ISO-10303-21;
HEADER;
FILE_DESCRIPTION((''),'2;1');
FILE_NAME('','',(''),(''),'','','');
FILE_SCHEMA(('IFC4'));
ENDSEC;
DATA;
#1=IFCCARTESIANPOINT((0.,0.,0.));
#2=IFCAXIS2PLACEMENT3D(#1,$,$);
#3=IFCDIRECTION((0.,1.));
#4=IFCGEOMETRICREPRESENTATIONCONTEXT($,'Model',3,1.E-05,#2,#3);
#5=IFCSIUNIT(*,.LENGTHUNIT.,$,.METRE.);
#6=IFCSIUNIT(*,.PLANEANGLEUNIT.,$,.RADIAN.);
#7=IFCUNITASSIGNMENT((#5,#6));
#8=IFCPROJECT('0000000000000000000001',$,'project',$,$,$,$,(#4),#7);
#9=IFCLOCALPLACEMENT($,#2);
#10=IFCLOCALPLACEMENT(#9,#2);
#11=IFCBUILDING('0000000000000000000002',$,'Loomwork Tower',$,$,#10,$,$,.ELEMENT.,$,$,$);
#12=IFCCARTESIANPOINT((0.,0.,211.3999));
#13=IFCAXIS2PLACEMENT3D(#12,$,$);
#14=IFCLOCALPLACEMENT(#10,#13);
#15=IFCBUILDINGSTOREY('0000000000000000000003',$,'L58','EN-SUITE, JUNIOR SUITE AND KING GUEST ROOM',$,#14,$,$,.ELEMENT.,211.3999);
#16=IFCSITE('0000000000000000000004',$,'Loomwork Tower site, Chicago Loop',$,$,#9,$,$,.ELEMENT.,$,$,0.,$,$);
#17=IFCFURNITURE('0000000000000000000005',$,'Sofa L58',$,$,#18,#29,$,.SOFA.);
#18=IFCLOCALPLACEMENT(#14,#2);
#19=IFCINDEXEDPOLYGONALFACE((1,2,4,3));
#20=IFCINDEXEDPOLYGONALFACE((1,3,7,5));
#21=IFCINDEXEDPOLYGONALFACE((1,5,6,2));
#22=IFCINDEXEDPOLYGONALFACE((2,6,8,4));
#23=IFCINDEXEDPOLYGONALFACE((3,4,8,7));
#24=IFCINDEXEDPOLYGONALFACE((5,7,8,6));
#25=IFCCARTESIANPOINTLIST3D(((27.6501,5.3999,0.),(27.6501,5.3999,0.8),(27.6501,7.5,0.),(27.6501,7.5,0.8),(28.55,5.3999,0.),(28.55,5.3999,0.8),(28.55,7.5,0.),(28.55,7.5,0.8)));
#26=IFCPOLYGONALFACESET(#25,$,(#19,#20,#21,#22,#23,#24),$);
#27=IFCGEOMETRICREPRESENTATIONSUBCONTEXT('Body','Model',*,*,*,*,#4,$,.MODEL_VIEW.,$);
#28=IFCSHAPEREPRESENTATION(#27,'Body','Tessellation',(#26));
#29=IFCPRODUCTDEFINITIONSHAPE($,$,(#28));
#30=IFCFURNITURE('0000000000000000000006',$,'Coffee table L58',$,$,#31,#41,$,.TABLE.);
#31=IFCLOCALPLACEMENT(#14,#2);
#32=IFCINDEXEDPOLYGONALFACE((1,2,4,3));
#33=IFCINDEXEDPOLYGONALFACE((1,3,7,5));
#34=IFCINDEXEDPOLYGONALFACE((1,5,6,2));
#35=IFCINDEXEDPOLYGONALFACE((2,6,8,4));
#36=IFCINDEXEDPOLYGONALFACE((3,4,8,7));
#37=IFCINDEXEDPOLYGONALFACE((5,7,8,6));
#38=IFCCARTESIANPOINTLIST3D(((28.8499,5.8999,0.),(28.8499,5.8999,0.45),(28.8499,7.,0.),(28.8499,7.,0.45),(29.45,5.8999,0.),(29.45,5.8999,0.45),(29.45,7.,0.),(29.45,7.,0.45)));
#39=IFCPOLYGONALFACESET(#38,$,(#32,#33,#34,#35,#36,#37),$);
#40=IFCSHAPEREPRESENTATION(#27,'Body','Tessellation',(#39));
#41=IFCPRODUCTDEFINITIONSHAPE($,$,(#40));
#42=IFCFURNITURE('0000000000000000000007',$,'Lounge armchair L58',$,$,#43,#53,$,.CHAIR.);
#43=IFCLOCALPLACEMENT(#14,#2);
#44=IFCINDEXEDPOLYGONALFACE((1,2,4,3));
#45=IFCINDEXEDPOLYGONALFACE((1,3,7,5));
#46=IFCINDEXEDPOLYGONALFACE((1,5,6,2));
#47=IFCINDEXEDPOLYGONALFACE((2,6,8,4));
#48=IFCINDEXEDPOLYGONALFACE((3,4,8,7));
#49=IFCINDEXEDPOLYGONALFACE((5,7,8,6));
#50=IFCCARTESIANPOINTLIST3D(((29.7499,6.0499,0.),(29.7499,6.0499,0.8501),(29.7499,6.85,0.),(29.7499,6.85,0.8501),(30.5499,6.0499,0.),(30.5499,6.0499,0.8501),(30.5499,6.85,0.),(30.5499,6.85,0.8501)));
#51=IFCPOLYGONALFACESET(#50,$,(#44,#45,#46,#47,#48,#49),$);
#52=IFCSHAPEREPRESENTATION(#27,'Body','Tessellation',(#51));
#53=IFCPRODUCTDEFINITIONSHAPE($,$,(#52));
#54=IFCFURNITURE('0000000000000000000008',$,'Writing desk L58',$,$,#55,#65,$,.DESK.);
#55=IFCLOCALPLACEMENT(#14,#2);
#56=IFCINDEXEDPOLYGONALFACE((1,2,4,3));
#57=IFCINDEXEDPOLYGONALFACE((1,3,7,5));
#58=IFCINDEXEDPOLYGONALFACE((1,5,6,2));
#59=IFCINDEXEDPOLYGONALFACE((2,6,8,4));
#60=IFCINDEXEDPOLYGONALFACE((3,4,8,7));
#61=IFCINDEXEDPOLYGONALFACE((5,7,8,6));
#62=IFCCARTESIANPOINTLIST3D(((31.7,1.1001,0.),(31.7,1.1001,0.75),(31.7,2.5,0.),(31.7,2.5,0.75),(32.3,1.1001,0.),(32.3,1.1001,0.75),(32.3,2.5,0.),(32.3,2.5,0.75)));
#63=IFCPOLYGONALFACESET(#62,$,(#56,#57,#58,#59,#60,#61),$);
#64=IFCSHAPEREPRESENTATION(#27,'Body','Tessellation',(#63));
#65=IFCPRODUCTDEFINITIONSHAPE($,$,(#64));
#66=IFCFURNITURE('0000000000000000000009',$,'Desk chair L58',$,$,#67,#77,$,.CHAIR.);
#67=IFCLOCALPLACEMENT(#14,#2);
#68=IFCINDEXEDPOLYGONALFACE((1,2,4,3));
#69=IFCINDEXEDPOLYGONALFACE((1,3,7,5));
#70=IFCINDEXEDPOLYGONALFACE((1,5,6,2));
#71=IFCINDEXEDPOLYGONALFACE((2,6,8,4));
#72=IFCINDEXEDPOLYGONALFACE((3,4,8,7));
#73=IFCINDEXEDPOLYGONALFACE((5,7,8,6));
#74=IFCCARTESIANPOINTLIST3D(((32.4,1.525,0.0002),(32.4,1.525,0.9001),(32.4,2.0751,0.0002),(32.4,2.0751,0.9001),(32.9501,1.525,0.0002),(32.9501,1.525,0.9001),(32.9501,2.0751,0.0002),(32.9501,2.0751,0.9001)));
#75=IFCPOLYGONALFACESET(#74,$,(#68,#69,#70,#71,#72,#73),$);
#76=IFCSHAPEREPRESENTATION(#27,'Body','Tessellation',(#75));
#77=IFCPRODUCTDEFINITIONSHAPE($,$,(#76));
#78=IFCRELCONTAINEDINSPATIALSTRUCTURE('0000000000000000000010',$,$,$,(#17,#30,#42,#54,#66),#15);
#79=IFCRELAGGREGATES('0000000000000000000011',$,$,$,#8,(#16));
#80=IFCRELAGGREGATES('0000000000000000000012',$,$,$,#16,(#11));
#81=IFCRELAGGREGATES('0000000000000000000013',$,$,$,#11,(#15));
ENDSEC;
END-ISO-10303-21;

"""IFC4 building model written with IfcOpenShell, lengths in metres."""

from ifc_helpers import new_model, si_unit, direction, frame, origin, origin_2d, place, context, subcontext, project, spatial, rectangle, extrude, element, save


model = new_model("IFC4")

# Units and contexts
model_context = context("Model", 3, precision=1e-05, world=origin(), true_north=direction((0.0, 1.0)))
body_context = subcontext(model_context, "Body", "Model", "MODEL_VIEW")
ifc_project = project(units=[si_unit("LENGTHUNIT", "METRE"), si_unit("PLANEANGLEUNIT", "RADIAN")], contexts=[model_context])

# Site, building, storey
site_placement = place(None, origin())
site = spatial("IfcSite", under=ifc_project, at=site_placement, Name="Loomwork Tower site, Chicago Loop", CompositionType="ELEMENT", RefElevation=0.0)
building_placement = place(site_placement, origin())
building = spatial("IfcBuilding", under=site, at=building_placement, Name="Loomwork Tower", CompositionType="ELEMENT")
storey_placement = place(building_placement, frame((0.0, 0.0, 211.3999)))
storey = spatial("IfcBuildingStorey", under=building, at=storey_placement, Name="L58", Description="EN-SUITE, JUNIOR SUITE AND KING GUEST ROOM", CompositionType="ELEMENT", Elevation=211.3999)

# Furniture
furniture_1_placement = place(storey_placement, frame((28.1001, 6.45, 0.0), z_axis=(0.0, 0.0, 1.0), x_axis=(1.0, 0.0, 0.0)))
element("IfcFurniture", 1, at=furniture_1_placement, inside=storey, Name="Sofa L58", PredefinedType="SOFA", context=body_context, shape_type="SweptSolid", body=[
    extrude(rectangle(XDim=0.8999, YDim=2.1001, at=origin_2d()), origin(), (0.0, 0.0, 1.0), 0.8),
])
furniture_2_placement = place(storey_placement, frame((29.1499, 6.45, 0.0), z_axis=(0.0, 0.0, 1.0), x_axis=(1.0, 0.0, 0.0)))
element("IfcFurniture", 2, at=furniture_2_placement, inside=storey, Name="Coffee table L58", PredefinedType="TABLE", context=body_context, shape_type="SweptSolid", body=[
    extrude(rectangle(XDim=0.6001, YDim=1.1001, at=origin_2d()), origin(), (0.0, 0.0, 1.0), 0.45),
])
furniture_3_placement = place(storey_placement, frame((30.1499, 6.45, 0.0), z_axis=(0.0, 0.0, 1.0), x_axis=(1.0, 0.0, 0.0)))
element("IfcFurniture", 3, at=furniture_3_placement, inside=storey, Name="Lounge armchair L58", PredefinedType="CHAIR", context=body_context, shape_type="SweptSolid", body=[
    extrude(rectangle(XDim=0.8, YDim=0.8, at=origin_2d()), origin(), (0.0, 0.0, 1.0), 0.8501),
])
furniture_4_placement = place(storey_placement, frame((32.0, 1.8, 0.0), z_axis=(0.0, 0.0, 1.0), x_axis=(1.0, 0.0, 0.0)))
element("IfcFurniture", 4, at=furniture_4_placement, inside=storey, Name="Writing desk L58", PredefinedType="DESK", context=body_context, shape_type="SweptSolid", body=[
    extrude(rectangle(XDim=0.6001, YDim=1.3999, at=origin_2d()), origin(), (0.0, 0.0, 1.0), 0.75),
])
furniture_5_placement = place(storey_placement, frame((32.675, 1.8, 0.0002), z_axis=(0.0, 0.0, 1.0), x_axis=(1.0, 0.0, 0.0)))
element("IfcFurniture", 5, at=furniture_5_placement, inside=storey, Name="Desk chair L58", PredefinedType="CHAIR", context=body_context, shape_type="SweptSolid", body=[
    extrude(rectangle(XDim=0.55, YDim=0.55, at=origin_2d()), origin(), (0.0, 0.0, 1.0), 0.8999),
])

save(model, "model.ifc")
